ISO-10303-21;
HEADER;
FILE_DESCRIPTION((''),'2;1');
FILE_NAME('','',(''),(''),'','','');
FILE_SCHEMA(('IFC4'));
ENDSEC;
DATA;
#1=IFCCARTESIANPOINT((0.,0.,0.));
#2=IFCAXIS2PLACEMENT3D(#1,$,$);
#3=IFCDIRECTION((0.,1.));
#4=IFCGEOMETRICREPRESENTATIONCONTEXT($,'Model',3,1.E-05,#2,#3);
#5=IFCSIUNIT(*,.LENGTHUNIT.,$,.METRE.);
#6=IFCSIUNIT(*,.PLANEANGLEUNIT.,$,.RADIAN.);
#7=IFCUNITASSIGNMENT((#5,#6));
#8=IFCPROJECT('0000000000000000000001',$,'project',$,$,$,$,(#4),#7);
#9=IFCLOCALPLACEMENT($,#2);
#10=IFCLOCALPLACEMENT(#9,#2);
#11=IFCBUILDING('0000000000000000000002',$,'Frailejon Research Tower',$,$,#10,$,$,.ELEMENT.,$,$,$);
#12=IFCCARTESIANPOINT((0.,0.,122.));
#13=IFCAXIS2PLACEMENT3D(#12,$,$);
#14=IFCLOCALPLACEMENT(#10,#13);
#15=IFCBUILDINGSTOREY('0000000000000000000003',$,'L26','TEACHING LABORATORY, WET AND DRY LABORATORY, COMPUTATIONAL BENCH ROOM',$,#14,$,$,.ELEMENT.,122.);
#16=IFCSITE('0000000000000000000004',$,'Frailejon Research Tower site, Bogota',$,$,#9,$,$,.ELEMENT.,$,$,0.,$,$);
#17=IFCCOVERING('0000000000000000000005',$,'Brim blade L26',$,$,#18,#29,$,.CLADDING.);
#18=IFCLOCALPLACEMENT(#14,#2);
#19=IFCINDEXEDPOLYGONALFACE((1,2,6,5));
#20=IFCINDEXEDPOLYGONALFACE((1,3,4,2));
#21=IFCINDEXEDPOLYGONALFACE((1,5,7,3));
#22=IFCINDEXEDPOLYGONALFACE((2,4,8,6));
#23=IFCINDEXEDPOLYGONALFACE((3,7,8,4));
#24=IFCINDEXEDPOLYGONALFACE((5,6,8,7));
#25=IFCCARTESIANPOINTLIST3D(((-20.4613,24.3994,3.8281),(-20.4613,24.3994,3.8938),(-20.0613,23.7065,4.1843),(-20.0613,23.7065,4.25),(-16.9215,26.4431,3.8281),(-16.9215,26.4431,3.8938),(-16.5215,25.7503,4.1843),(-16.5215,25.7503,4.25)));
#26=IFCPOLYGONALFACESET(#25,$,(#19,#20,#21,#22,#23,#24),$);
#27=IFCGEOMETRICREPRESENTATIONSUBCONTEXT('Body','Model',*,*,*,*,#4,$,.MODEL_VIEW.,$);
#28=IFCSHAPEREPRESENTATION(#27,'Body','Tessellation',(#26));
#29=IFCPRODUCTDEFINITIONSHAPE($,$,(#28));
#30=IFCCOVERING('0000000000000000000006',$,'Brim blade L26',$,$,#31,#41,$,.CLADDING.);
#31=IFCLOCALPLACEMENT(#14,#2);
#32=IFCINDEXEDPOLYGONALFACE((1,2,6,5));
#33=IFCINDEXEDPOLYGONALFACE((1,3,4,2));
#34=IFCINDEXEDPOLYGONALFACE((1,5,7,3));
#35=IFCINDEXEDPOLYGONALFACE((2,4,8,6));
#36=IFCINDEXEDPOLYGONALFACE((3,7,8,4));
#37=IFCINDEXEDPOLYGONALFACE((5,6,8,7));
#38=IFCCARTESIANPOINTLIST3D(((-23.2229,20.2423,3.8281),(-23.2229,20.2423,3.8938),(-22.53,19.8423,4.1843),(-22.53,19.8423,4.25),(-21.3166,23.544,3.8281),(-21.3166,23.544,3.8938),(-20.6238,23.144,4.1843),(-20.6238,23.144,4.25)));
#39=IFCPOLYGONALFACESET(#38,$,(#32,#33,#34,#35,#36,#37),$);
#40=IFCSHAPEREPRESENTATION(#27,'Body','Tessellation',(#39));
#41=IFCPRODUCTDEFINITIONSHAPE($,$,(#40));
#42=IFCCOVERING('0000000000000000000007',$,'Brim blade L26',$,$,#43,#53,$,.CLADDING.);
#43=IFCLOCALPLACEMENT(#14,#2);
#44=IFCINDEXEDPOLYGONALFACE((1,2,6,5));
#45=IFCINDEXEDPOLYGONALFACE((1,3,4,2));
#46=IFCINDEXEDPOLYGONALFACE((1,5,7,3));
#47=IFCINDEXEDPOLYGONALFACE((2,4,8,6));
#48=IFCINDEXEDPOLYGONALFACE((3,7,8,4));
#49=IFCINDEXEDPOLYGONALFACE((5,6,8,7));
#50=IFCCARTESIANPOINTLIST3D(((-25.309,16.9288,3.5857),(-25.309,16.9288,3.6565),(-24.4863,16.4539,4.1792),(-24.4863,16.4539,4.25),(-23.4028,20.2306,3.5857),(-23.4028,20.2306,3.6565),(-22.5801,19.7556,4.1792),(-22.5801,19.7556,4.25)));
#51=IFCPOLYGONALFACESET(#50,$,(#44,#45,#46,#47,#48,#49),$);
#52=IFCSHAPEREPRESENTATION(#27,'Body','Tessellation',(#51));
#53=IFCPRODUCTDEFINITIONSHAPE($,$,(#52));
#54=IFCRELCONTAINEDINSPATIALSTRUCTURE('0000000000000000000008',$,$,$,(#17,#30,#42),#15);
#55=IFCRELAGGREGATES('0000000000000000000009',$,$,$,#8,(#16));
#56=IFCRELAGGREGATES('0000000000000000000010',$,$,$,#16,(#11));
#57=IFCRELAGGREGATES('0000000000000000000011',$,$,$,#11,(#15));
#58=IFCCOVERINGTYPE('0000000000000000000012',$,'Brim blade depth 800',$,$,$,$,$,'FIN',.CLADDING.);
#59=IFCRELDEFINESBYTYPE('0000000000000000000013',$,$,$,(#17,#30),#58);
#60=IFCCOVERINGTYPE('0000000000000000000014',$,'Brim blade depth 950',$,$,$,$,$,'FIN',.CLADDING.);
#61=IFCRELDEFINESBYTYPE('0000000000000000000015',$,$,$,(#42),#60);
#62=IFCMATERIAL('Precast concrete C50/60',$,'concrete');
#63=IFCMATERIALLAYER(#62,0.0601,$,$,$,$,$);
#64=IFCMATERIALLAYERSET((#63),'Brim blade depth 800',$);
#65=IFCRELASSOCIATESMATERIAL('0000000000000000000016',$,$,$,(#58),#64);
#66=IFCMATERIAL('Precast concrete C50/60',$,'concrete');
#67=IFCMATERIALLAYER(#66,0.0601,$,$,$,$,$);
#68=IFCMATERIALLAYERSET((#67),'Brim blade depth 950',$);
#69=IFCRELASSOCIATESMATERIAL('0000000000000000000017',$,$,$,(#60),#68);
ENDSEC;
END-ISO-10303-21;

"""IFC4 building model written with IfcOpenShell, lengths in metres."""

from ifc_helpers import new_model, si_unit, direction, frame, origin, place, context, subcontext, project, spatial, polyline, outline, extrude, material, layer, layer_set, type_object, element, save


model = new_model("IFC4")

# Units and contexts
model_context = context("Model", 3, precision=1e-05, world=origin(), true_north=direction((0.0, 1.0)))
body_context = subcontext(model_context, "Body", "Model", "MODEL_VIEW")
ifc_project = project(units=[si_unit("LENGTHUNIT", "METRE"), si_unit("PLANEANGLEUNIT", "RADIAN")], contexts=[model_context])

# Site, building, storey
site_placement = place(None, origin())
site = spatial("IfcSite", under=ifc_project, at=site_placement, Name="Frailejon Research Tower site, Bogota", CompositionType="ELEMENT", RefElevation=0.0)
building_placement = place(site_placement, origin())
building = spatial("IfcBuilding", under=site, at=building_placement, Name="Frailejon Research Tower", CompositionType="ELEMENT")
storey_placement = place(building_placement, frame((0.0, 0.0, 122.0)))
storey = spatial("IfcBuildingStorey", under=building, at=storey_placement, Name="L26", Description="TEACHING LABORATORY, WET AND DRY LABORATORY, COMPUTATIONAL BENCH ROOM", CompositionType="ELEMENT", Elevation=122.0)

# Coverings
ifc_material_1 = material(Name="Precast concrete C50/60", Category="concrete")
ifc_layer_1 = layer(ifc_material_1, 0.0601)
ifc_layer_set_1 = layer_set([ifc_layer_1], Name="Brim blade depth 800")
covering_type_1 = type_object("IfcCoveringType", Name="Brim blade depth 800", ElementType="FIN", PredefinedType="CLADDING", material=ifc_layer_set_1)
covering_1_placement = place(storey_placement, frame((-20.0613, 23.7065, 4.25), z_axis=(0.866021, 0.500007, 0.0), x_axis=(-0.500007, 0.866021, 0.0)))
element("IfcCovering", 1, at=covering_1_placement, inside=storey, type_object=covering_type_1, Name="Brim blade L26", PredefinedType="CLADDING", context=body_context, shape_type="SweptSolid", body=[
    extrude(outline(polyline([(0.0, -0.0657), (0.8, -0.4219), (0.8, -0.3562), (0.0, 0.0), (0.0, -0.0657)])), origin(), (0.0, 0.0, 1.0), 4.0874),
])
covering_2_placement = place(storey_placement, frame((-22.53, 19.8423, 4.25), z_axis=(0.500001, 0.866025, 0.0), x_axis=(-0.866025, 0.500001, 0.0)))
element("IfcCovering", 2, at=covering_2_placement, inside=storey, type_object=covering_type_1, Name="Brim blade L26", PredefinedType="CLADDING", context=body_context, shape_type="SweptSolid", body=[
    extrude(outline(polyline([(0.0, -0.0657), (0.8, -0.4219), (0.8, -0.3562), (0.0, 0.0), (0.0, -0.0657)])), origin(), (0.0, 0.0, 1.0), 3.8125),
])
ifc_material_2 = material(Name="Precast concrete C50/60", Category="concrete")
ifc_layer_2 = layer(ifc_material_2, 0.0601)
ifc_layer_set_2 = layer_set([ifc_layer_2], Name="Brim blade depth 950")
covering_type_2 = type_object("IfcCoveringType", Name="Brim blade depth 950", ElementType="FIN", PredefinedType="CLADDING", material=ifc_layer_set_2)
covering_3_placement = place(storey_placement, frame((-24.4863, 16.4539, 4.25), z_axis=(0.500001, 0.866025, 0.0), x_axis=(-0.866025, 0.500001, 0.0)))
element("IfcCovering", 3, at=covering_3_placement, inside=storey, type_object=covering_type_2, Name="Brim blade L26", PredefinedType="CLADDING", context=body_context, shape_type="SweptSolid", body=[
    extrude(outline(polyline([(0.0, -0.0708), (0.95, -0.6643), (0.95, -0.5935), (0.0, 0.0), (0.0, -0.0708)])), origin(), (0.0, 0.0, 1.0), 3.8125),
])

save(model, "model.ifc")
